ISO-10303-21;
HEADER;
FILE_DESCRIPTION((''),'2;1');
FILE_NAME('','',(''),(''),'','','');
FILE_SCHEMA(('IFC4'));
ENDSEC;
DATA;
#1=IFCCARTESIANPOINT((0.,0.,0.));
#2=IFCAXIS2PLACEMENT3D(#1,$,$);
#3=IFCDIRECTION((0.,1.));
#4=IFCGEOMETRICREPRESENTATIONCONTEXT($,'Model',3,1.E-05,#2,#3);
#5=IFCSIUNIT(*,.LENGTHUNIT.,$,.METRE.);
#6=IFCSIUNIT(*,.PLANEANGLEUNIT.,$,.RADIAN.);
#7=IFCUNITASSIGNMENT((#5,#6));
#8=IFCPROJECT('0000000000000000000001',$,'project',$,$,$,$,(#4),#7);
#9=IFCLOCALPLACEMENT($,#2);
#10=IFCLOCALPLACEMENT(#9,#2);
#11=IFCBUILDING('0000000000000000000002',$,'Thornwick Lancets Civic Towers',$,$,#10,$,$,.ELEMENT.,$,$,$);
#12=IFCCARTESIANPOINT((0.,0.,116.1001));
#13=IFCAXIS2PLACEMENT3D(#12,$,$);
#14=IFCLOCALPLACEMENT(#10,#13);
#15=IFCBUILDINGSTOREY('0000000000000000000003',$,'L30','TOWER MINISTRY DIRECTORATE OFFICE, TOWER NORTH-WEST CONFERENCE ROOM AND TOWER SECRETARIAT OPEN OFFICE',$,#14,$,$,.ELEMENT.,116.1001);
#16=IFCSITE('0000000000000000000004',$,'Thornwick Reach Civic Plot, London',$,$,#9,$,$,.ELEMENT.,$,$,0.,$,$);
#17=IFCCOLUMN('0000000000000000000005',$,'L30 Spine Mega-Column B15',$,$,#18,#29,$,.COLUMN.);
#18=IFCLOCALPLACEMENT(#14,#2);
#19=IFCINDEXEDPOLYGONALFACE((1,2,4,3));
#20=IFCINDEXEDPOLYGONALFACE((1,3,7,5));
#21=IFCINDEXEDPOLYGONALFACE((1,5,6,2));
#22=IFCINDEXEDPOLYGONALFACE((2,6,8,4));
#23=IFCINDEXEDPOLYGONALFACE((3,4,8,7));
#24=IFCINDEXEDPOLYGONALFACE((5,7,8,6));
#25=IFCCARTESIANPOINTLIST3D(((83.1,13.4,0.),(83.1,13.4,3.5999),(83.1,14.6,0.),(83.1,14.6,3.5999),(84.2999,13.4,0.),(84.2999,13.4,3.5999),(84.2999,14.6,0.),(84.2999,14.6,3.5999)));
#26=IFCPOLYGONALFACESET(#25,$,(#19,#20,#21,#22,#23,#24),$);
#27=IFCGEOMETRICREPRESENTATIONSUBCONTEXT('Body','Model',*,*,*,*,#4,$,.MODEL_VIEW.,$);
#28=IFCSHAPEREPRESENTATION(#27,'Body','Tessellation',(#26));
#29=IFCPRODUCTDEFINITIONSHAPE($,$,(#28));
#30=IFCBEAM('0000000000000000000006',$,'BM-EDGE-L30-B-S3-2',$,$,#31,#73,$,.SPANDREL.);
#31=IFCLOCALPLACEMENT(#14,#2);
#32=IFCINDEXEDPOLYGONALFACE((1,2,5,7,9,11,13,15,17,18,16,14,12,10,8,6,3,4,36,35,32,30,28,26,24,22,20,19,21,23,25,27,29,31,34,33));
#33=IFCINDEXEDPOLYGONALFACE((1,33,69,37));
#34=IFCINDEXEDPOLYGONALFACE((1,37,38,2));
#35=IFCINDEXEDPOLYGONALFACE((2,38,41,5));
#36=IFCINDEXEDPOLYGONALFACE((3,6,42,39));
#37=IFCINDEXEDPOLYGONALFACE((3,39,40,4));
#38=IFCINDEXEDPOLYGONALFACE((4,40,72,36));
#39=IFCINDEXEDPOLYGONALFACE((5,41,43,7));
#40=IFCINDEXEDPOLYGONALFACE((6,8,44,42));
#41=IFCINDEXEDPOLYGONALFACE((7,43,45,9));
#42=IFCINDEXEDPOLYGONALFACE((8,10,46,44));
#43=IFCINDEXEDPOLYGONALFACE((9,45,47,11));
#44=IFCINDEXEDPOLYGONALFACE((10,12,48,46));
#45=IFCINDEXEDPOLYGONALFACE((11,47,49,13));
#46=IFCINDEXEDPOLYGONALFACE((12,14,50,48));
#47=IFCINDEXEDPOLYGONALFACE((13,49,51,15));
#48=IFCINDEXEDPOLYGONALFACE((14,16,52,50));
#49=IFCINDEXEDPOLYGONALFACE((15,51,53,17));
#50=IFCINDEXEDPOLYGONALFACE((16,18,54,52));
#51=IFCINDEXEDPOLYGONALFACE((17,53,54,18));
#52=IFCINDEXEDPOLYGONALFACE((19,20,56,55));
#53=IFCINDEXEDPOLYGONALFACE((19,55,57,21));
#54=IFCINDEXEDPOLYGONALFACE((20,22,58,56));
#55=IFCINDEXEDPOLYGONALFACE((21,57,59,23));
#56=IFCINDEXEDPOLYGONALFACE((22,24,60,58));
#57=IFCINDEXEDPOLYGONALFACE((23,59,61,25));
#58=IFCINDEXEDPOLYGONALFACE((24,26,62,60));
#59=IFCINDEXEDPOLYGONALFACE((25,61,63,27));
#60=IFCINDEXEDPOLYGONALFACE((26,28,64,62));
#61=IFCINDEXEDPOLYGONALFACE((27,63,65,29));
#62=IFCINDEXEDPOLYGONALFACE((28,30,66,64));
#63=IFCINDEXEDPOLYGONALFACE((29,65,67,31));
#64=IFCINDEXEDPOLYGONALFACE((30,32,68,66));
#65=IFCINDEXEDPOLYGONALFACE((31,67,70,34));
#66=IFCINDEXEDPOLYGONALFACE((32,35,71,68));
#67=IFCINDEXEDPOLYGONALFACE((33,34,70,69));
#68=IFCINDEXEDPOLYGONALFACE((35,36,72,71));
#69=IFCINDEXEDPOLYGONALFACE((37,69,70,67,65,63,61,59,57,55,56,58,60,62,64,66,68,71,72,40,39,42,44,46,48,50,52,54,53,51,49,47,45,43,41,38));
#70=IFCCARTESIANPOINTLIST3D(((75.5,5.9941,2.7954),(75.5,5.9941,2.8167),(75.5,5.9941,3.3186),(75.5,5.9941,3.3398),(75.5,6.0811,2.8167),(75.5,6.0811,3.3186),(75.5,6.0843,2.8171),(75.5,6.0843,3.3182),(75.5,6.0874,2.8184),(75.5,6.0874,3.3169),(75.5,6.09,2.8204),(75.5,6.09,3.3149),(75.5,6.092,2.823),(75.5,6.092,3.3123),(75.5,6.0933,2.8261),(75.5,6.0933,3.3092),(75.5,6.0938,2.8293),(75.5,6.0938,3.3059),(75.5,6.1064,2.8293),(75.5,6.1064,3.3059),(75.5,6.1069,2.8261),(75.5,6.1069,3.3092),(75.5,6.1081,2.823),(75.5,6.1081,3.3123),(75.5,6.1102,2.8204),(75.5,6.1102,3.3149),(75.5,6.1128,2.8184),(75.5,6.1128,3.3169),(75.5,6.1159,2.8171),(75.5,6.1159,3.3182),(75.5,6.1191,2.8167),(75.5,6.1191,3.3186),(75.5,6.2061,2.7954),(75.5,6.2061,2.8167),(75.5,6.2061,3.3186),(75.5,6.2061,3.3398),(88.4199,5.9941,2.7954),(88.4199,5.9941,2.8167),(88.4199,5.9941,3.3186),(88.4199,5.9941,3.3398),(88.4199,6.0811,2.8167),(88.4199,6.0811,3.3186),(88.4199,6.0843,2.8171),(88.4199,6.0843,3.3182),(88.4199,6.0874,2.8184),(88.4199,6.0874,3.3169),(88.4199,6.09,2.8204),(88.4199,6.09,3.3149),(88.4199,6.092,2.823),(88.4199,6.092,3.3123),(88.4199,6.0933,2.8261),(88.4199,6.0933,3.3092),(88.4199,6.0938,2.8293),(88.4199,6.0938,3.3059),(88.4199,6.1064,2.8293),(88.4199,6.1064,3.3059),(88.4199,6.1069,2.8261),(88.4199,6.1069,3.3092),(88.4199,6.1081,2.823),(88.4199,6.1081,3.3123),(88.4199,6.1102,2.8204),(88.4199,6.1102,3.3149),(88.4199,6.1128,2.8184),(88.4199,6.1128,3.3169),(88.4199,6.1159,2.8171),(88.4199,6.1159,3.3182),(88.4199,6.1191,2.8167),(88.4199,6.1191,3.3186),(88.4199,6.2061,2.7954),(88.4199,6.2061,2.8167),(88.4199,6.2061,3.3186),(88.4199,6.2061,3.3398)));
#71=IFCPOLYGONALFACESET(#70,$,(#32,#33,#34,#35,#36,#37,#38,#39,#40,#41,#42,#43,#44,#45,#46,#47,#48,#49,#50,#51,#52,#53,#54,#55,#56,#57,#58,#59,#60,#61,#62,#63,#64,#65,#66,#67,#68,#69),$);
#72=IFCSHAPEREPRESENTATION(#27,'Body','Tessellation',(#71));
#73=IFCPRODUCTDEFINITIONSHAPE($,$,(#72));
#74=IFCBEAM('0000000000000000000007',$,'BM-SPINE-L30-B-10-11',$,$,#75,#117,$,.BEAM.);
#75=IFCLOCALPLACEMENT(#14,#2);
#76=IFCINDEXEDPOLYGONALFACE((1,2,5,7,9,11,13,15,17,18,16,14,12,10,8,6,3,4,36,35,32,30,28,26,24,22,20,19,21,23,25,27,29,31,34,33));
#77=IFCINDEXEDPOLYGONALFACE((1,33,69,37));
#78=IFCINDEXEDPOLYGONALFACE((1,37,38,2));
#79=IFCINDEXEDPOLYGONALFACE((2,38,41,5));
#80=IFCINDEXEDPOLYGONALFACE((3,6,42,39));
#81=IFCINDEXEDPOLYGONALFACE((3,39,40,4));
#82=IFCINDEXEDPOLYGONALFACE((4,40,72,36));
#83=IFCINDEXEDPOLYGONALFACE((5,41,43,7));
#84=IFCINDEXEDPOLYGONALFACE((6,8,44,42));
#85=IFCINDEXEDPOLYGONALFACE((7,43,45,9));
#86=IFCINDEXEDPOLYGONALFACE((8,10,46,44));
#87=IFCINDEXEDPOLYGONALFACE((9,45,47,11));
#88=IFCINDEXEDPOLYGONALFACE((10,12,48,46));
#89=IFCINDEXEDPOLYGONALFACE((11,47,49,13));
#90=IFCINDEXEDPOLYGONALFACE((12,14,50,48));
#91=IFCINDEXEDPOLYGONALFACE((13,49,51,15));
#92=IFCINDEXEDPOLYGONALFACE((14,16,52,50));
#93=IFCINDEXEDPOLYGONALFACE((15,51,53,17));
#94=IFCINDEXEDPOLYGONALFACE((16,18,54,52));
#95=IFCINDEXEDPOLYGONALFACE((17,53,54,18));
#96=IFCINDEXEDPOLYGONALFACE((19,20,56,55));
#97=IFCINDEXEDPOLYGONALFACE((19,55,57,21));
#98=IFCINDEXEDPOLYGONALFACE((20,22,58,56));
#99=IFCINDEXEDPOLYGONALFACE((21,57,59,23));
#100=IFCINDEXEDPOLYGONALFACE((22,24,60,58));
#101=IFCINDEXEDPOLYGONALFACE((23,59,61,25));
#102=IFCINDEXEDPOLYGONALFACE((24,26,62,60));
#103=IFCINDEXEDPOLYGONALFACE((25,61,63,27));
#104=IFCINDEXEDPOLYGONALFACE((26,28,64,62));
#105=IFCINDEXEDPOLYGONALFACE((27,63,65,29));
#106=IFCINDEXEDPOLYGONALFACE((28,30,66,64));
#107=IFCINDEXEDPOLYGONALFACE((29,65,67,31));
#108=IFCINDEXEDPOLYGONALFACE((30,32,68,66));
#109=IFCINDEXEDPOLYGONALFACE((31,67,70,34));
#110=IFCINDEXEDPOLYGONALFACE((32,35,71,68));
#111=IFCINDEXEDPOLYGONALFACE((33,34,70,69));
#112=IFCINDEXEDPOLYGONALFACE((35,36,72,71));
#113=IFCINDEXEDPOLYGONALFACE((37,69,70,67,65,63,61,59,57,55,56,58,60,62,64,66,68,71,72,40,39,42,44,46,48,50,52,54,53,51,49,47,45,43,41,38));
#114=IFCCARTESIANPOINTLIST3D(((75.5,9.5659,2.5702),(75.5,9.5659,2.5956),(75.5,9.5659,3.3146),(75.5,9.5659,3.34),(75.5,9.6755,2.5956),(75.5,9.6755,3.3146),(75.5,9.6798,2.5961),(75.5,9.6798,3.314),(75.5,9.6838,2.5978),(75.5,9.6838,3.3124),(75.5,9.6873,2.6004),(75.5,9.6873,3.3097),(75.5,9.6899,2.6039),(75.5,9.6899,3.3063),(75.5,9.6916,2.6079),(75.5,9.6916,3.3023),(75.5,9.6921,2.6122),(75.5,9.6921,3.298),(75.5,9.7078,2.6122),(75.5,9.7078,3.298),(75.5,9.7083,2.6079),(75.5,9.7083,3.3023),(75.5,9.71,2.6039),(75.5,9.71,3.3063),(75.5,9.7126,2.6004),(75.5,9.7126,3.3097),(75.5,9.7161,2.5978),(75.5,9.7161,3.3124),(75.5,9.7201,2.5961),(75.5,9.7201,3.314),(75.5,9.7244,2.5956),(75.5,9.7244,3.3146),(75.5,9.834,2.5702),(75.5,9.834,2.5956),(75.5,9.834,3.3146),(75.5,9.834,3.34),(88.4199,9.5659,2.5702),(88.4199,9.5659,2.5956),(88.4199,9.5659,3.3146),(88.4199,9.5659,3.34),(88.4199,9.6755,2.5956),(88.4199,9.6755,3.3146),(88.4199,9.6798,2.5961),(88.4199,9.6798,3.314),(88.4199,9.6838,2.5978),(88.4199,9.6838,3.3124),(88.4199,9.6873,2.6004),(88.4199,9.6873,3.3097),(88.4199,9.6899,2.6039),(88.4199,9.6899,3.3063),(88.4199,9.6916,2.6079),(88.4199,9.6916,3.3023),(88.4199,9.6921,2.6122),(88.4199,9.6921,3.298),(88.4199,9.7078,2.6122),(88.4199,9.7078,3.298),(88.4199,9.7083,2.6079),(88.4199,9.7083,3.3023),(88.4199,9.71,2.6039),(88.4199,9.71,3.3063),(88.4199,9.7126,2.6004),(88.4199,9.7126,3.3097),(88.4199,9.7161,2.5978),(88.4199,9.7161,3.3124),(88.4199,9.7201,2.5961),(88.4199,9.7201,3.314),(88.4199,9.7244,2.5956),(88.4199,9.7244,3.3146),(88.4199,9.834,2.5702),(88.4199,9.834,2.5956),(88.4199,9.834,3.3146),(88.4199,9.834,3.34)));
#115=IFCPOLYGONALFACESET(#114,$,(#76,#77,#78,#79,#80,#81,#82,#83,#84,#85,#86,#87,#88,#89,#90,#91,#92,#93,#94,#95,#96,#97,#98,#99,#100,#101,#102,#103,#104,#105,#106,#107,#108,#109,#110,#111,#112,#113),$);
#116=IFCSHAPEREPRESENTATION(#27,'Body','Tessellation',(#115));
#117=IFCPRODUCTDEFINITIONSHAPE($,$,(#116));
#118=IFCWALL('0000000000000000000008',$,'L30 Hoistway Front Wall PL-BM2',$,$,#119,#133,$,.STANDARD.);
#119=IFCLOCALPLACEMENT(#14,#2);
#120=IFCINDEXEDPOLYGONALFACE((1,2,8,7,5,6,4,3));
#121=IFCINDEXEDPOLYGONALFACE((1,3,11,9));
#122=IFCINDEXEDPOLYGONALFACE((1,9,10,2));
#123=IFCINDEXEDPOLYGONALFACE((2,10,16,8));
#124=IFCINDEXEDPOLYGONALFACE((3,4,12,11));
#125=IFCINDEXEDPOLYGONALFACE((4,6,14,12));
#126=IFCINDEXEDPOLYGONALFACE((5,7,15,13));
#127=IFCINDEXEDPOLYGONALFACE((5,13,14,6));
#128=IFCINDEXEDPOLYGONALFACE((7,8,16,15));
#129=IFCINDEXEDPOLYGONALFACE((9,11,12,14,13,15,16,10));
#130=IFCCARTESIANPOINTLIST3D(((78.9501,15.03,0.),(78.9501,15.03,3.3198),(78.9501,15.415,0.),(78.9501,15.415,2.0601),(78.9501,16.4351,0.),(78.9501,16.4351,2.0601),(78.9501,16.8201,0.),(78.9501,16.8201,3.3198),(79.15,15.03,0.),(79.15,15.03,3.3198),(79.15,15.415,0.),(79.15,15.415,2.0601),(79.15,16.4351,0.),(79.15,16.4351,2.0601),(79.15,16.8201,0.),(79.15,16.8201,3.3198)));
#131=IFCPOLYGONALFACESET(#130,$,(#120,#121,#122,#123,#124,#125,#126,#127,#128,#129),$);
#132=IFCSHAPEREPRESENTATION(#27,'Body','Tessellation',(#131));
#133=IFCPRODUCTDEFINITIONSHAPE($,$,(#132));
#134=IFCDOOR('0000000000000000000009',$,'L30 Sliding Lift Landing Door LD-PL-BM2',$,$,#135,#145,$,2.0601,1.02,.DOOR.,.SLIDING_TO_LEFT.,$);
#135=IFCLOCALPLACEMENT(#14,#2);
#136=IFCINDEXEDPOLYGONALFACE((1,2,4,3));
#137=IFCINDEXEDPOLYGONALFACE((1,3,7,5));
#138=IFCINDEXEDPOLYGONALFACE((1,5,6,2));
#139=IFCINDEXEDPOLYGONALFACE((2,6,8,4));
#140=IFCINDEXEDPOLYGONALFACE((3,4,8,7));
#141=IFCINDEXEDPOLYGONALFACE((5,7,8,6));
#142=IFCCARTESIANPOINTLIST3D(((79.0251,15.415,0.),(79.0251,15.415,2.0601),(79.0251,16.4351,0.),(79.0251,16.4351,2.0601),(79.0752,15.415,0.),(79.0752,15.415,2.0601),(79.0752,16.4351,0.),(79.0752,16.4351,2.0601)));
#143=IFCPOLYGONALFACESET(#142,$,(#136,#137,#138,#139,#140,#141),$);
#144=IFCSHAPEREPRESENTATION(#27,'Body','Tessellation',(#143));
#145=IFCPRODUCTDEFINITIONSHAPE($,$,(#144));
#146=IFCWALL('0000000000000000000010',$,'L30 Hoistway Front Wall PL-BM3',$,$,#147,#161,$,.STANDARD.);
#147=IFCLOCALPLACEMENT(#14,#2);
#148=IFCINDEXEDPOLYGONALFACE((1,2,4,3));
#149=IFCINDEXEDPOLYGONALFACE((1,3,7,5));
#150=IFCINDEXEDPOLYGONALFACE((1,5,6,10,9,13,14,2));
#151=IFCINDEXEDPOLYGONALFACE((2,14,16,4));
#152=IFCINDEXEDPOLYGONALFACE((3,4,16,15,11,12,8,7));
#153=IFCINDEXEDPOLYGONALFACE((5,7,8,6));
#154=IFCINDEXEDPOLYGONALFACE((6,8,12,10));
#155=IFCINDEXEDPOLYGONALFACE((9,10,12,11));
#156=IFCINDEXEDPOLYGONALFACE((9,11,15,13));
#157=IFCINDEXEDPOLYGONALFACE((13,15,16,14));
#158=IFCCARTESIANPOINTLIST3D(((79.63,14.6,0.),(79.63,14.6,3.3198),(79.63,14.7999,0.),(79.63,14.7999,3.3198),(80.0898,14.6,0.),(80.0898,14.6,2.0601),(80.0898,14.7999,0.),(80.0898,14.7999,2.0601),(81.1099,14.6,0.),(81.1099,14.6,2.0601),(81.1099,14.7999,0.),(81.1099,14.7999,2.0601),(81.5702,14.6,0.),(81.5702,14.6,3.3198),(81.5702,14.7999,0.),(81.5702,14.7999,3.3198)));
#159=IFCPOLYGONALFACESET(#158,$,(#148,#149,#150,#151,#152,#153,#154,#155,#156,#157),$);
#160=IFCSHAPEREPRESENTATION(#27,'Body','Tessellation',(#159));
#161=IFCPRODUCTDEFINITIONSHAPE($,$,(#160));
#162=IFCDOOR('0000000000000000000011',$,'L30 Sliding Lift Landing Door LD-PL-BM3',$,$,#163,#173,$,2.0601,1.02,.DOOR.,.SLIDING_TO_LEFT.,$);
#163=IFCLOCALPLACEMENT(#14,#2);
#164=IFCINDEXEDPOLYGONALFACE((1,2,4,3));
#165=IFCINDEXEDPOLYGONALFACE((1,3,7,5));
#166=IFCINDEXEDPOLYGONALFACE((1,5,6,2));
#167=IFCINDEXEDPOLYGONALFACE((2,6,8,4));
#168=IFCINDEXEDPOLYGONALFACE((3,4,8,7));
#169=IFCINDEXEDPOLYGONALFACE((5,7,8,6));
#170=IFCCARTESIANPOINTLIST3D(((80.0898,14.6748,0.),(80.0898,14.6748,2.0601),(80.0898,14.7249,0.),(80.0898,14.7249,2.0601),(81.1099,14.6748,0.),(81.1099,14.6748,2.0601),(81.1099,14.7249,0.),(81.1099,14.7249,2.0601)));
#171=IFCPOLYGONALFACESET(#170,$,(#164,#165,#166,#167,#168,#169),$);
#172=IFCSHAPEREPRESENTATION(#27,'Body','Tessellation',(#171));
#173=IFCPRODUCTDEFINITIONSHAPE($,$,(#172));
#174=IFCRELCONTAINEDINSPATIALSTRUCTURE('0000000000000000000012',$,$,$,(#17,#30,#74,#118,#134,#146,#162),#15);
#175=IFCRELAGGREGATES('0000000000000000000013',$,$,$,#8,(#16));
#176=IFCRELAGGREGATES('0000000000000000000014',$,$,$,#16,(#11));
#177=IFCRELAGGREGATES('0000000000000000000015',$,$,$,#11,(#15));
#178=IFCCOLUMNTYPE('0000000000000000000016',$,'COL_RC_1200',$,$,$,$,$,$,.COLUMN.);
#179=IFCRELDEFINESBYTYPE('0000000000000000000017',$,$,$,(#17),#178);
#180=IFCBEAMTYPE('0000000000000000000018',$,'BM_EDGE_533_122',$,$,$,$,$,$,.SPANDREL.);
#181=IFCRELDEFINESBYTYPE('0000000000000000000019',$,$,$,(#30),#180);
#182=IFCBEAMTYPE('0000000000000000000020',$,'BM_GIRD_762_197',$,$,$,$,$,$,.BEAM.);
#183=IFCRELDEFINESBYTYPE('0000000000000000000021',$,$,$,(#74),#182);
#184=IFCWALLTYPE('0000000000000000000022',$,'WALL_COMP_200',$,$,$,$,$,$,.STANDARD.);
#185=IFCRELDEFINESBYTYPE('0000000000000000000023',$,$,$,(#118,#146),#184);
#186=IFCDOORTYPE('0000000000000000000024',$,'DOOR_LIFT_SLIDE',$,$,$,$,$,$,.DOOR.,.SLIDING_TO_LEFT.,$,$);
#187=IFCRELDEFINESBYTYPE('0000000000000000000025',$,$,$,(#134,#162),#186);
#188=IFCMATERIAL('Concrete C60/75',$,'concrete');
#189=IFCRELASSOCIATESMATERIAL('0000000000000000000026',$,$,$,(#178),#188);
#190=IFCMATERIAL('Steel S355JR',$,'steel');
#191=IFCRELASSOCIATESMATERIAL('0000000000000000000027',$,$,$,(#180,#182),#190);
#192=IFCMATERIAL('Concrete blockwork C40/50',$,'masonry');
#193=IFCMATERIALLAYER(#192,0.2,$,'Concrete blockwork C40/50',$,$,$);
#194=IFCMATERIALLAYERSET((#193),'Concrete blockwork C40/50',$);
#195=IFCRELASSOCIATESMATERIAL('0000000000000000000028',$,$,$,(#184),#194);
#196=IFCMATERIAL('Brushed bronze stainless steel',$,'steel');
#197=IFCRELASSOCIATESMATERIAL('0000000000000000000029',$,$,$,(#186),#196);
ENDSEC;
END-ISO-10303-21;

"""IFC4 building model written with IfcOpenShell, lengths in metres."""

from ifc_helpers import new_model, si_unit, direction, frame, frame_2d, origin, origin_2d, place, context, subcontext, project, spatial, rectangle, i_section, extrude, material, layer, layer_set, material_profile, profile_set, type_object, element, fill, save


model = new_model("IFC4")

# Units and contexts
model_context = context("Model", 3, precision=1e-05, world=origin(), true_north=direction((0.0, 1.0)))
body_context = subcontext(model_context, "Body", "Model", "MODEL_VIEW")
ifc_project = project(units=[si_unit("LENGTHUNIT", "METRE"), si_unit("PLANEANGLEUNIT", "RADIAN")], contexts=[model_context])

# Site, building, storey
site_placement = place(None, origin())
site = spatial("IfcSite", under=ifc_project, at=site_placement, Name="Thornwick Reach Civic Plot, London", CompositionType="ELEMENT", RefElevation=0.0)
building_placement = place(site_placement, origin())
building = spatial("IfcBuilding", under=site, at=building_placement, Name="Thornwick Lancets Civic Towers", CompositionType="ELEMENT")
storey_placement = place(building_placement, frame((0.0, 0.0, 116.1001)))
storey = spatial("IfcBuildingStorey", under=building, at=storey_placement, Name="L30", Description="TOWER MINISTRY DIRECTORATE OFFICE, TOWER NORTH-WEST CONFERENCE ROOM AND TOWER SECRETARIAT OPEN OFFICE", CompositionType="ELEMENT", Elevation=116.1001)

# Column
ifc_material_1 = material(Name="Concrete C60/75", Category="concrete")
ifc_material_profile_1 = material_profile(ifc_material_1, rectangle(XDim=1.2, YDim=1.2, at=origin_2d()), Name="RC 1200x1200")
ifc_profile_set_1 = profile_set([ifc_material_profile_1], Name="Concrete C60/75")
column_type = type_object("IfcColumnType", Name="COL_RC_1200", PredefinedType="COLUMN", material=ifc_profile_set_1)
column_placement = place(storey_placement, frame((83.7, 14.0, 0.0), z_axis=(0.0, 0.0, 1.0), x_axis=(1.0, 0.0, 0.0)))
element("IfcColumn", 1, at=column_placement, inside=storey, type_object=column_type, Name="L30 Spine Mega-Column B15", PredefinedType="COLUMN", context=body_context, shape_type="SweptSolid", body=[
    extrude(rectangle(XDim=1.2, YDim=1.2, at=origin_2d()), origin(), (0.0, 0.0, 1.0), 3.5999),
])

# Beams
ifc_material_2 = material(Name="Steel S355JR", Category="steel")
ifc_material_profile_2 = material_profile(ifc_material_2, i_section(OverallWidth=0.2119, OverallDepth=0.5444, WebThickness=0.0127, FlangeThickness=0.0212, FilletRadius=0.0127, at=origin_2d()), Name="UKB 533x210x122")
ifc_profile_set_2 = profile_set([ifc_material_profile_2], Name="Steel S355JR")
beam_type_1 = type_object("IfcBeamType", Name="BM_EDGE_533_122", PredefinedType="SPANDREL", material=ifc_profile_set_2)
beam_1_placement = place(storey_placement, frame((88.4199, 6.1001, 3.0676), z_axis=(-1.0, 0.0, 0.0), x_axis=(0.0, -1.0, 0.0)))
element("IfcBeam", 2, at=beam_1_placement, inside=storey, type_object=beam_type_1, Name="BM-EDGE-L30-B-S3-2", PredefinedType="SPANDREL", context=body_context, shape_type="SweptSolid", body=[
    extrude(i_section(OverallWidth=0.2119, OverallDepth=0.5444, WebThickness=0.0127, FlangeThickness=0.0212, FilletRadius=0.0127, at=origin_2d()), origin(), (0.0, 0.0, 1.0), 12.9199),
])
ifc_material_profile_3 = material_profile(ifc_material_2, i_section(OverallWidth=0.2681, OverallDepth=0.7698, WebThickness=0.0156, FlangeThickness=0.0254, FilletRadius=0.0166, at=origin_2d()), Name="UKB 762x267x197")
ifc_profile_set_3 = profile_set([ifc_material_profile_3], Name="Steel S355JR")
beam_type_2 = type_object("IfcBeamType", Name="BM_GIRD_762_197", PredefinedType="BEAM", material=ifc_profile_set_3)
beam_2_placement = place(storey_placement, frame((88.4199, 9.7, 2.9551), z_axis=(-1.0, 0.0, 0.0), x_axis=(0.0, -1.0, 0.0)))
element("IfcBeam", 3, at=beam_2_placement, inside=storey, type_object=beam_type_2, Name="BM-SPINE-L30-B-10-11", PredefinedType="BEAM", context=body_context, shape_type="SweptSolid", body=[
    extrude(i_section(OverallWidth=0.2681, OverallDepth=0.7698, WebThickness=0.0156, FlangeThickness=0.0254, FilletRadius=0.0166, at=origin_2d()), origin(), (0.0, 0.0, 1.0), 12.9199),
])

# Walls, openings, doors
ifc_material_3 = material(Name="Concrete blockwork C40/50", Category="masonry")
ifc_layer_1 = layer(ifc_material_3, 0.2, Name="Concrete blockwork C40/50")
ifc_layer_set_1 = layer_set([ifc_layer_1], Name="Concrete blockwork C40/50")
wall_type_1 = type_object("IfcWallType", Name="WALL_COMP_200", PredefinedType="STANDARD", material=ifc_layer_set_1)
wall_1_placement = place(storey_placement, frame((79.05, 15.03, 0.0), z_axis=(0.0, 0.0, 1.0), x_axis=(0.0, 1.0, 0.0)))
wall_1 = element("IfcWall", 4, at=wall_1_placement, inside=storey, type_object=wall_type_1, Name="L30 Hoistway Front Wall PL-BM2", PredefinedType="STANDARD", context=body_context, shape_type="SweptSolid", body=[
    extrude(rectangle(XDim=1.79, YDim=0.2, at=frame_2d((0.895, 0.0))), origin(), (0.0, 0.0, 1.0), 3.3198),
])
opening_1_placement = place(wall_1_placement, frame((0.385, 0.0, 0.0)))
opening_1 = element("IfcOpeningElement", 5, at=opening_1_placement, cuts=wall_1, PredefinedType="OPENING", context=body_context, shape_type="SweptSolid", body=[
    extrude(rectangle(XDim=1.02, YDim=2.0601, at=frame_2d((0.51, 1.03))), frame((0.0, 0.1099, 0.0), z_axis=(0.0, -1.0, 0.0), x_axis=(1.0, 0.0, 0.0)), (0.0, 0.0, 1.0), 0.22),
])
ifc_material_4 = material(Name="Brushed bronze stainless steel", Category="steel")
door_type_1 = type_object("IfcDoorType", Name="DOOR_LIFT_SLIDE", OperationType="SLIDING_TO_LEFT", PredefinedType="DOOR", material=ifc_material_4)
door_1_placement = place(opening_1_placement, origin())
door_1 = element("IfcDoor", 6, at=door_1_placement, inside=storey, type_object=door_type_1, Name="L30 Sliding Lift Landing Door LD-PL-BM2", OperationType="SLIDING_TO_LEFT", OverallHeight=2.0601, OverallWidth=1.02, PredefinedType="DOOR", context=body_context, shape_type="SweptSolid", body=[
    extrude(rectangle(XDim=1.02, YDim=2.0601, at=frame_2d((0.51, 1.03))), frame((0.0, 0.0249, 0.0), z_axis=(0.0, -1.0, 0.0), x_axis=(1.0, 0.0, 0.0)), (0.0, 0.0, 1.0), 0.05),
])
fill(opening_1, door_1)
wall_2_placement = place(storey_placement, frame((79.6299, 14.7, 0.0), z_axis=(0.0, 0.0, 1.0), x_axis=(1.0, 0.0, 0.0)))
wall_2 = element("IfcWall", 7, at=wall_2_placement, inside=storey, type_object=wall_type_1, Name="L30 Hoistway Front Wall PL-BM3", PredefinedType="STANDARD", context=body_context, shape_type="SweptSolid", body=[
    extrude(rectangle(XDim=1.9402, YDim=0.2, at=frame_2d((0.9702, 0.0))), origin(), (0.0, 0.0, 1.0), 3.3198),
])
opening_2_placement = place(wall_2_placement, frame((0.46, 0.0, 0.0)))
opening_2 = element("IfcOpeningElement", 8, at=opening_2_placement, cuts=wall_2, PredefinedType="OPENING", context=body_context, shape_type="SweptSolid", body=[
    extrude(rectangle(XDim=1.02, YDim=2.0601, at=frame_2d((0.51, 1.03))), frame((0.0, 0.1099, 0.0), z_axis=(0.0, -1.0, 0.0), x_axis=(1.0, 0.0, 0.0)), (0.0, 0.0, 1.0), 0.22),
])
door_2_placement = place(opening_2_placement, origin())
door_2 = element("IfcDoor", 9, at=door_2_placement, inside=storey, type_object=door_type_1, Name="L30 Sliding Lift Landing Door LD-PL-BM3", OperationType="SLIDING_TO_LEFT", OverallHeight=2.0601, OverallWidth=1.02, PredefinedType="DOOR", context=body_context, shape_type="SweptSolid", body=[
    extrude(rectangle(XDim=1.02, YDim=2.0601, at=frame_2d((0.51, 1.03))), frame((0.0, 0.0249, 0.0), z_axis=(0.0, -1.0, 0.0), x_axis=(1.0, 0.0, 0.0)), (0.0, 0.0, 1.0), 0.05),
])
fill(opening_2, door_2)

save(model, "model.ifc")
